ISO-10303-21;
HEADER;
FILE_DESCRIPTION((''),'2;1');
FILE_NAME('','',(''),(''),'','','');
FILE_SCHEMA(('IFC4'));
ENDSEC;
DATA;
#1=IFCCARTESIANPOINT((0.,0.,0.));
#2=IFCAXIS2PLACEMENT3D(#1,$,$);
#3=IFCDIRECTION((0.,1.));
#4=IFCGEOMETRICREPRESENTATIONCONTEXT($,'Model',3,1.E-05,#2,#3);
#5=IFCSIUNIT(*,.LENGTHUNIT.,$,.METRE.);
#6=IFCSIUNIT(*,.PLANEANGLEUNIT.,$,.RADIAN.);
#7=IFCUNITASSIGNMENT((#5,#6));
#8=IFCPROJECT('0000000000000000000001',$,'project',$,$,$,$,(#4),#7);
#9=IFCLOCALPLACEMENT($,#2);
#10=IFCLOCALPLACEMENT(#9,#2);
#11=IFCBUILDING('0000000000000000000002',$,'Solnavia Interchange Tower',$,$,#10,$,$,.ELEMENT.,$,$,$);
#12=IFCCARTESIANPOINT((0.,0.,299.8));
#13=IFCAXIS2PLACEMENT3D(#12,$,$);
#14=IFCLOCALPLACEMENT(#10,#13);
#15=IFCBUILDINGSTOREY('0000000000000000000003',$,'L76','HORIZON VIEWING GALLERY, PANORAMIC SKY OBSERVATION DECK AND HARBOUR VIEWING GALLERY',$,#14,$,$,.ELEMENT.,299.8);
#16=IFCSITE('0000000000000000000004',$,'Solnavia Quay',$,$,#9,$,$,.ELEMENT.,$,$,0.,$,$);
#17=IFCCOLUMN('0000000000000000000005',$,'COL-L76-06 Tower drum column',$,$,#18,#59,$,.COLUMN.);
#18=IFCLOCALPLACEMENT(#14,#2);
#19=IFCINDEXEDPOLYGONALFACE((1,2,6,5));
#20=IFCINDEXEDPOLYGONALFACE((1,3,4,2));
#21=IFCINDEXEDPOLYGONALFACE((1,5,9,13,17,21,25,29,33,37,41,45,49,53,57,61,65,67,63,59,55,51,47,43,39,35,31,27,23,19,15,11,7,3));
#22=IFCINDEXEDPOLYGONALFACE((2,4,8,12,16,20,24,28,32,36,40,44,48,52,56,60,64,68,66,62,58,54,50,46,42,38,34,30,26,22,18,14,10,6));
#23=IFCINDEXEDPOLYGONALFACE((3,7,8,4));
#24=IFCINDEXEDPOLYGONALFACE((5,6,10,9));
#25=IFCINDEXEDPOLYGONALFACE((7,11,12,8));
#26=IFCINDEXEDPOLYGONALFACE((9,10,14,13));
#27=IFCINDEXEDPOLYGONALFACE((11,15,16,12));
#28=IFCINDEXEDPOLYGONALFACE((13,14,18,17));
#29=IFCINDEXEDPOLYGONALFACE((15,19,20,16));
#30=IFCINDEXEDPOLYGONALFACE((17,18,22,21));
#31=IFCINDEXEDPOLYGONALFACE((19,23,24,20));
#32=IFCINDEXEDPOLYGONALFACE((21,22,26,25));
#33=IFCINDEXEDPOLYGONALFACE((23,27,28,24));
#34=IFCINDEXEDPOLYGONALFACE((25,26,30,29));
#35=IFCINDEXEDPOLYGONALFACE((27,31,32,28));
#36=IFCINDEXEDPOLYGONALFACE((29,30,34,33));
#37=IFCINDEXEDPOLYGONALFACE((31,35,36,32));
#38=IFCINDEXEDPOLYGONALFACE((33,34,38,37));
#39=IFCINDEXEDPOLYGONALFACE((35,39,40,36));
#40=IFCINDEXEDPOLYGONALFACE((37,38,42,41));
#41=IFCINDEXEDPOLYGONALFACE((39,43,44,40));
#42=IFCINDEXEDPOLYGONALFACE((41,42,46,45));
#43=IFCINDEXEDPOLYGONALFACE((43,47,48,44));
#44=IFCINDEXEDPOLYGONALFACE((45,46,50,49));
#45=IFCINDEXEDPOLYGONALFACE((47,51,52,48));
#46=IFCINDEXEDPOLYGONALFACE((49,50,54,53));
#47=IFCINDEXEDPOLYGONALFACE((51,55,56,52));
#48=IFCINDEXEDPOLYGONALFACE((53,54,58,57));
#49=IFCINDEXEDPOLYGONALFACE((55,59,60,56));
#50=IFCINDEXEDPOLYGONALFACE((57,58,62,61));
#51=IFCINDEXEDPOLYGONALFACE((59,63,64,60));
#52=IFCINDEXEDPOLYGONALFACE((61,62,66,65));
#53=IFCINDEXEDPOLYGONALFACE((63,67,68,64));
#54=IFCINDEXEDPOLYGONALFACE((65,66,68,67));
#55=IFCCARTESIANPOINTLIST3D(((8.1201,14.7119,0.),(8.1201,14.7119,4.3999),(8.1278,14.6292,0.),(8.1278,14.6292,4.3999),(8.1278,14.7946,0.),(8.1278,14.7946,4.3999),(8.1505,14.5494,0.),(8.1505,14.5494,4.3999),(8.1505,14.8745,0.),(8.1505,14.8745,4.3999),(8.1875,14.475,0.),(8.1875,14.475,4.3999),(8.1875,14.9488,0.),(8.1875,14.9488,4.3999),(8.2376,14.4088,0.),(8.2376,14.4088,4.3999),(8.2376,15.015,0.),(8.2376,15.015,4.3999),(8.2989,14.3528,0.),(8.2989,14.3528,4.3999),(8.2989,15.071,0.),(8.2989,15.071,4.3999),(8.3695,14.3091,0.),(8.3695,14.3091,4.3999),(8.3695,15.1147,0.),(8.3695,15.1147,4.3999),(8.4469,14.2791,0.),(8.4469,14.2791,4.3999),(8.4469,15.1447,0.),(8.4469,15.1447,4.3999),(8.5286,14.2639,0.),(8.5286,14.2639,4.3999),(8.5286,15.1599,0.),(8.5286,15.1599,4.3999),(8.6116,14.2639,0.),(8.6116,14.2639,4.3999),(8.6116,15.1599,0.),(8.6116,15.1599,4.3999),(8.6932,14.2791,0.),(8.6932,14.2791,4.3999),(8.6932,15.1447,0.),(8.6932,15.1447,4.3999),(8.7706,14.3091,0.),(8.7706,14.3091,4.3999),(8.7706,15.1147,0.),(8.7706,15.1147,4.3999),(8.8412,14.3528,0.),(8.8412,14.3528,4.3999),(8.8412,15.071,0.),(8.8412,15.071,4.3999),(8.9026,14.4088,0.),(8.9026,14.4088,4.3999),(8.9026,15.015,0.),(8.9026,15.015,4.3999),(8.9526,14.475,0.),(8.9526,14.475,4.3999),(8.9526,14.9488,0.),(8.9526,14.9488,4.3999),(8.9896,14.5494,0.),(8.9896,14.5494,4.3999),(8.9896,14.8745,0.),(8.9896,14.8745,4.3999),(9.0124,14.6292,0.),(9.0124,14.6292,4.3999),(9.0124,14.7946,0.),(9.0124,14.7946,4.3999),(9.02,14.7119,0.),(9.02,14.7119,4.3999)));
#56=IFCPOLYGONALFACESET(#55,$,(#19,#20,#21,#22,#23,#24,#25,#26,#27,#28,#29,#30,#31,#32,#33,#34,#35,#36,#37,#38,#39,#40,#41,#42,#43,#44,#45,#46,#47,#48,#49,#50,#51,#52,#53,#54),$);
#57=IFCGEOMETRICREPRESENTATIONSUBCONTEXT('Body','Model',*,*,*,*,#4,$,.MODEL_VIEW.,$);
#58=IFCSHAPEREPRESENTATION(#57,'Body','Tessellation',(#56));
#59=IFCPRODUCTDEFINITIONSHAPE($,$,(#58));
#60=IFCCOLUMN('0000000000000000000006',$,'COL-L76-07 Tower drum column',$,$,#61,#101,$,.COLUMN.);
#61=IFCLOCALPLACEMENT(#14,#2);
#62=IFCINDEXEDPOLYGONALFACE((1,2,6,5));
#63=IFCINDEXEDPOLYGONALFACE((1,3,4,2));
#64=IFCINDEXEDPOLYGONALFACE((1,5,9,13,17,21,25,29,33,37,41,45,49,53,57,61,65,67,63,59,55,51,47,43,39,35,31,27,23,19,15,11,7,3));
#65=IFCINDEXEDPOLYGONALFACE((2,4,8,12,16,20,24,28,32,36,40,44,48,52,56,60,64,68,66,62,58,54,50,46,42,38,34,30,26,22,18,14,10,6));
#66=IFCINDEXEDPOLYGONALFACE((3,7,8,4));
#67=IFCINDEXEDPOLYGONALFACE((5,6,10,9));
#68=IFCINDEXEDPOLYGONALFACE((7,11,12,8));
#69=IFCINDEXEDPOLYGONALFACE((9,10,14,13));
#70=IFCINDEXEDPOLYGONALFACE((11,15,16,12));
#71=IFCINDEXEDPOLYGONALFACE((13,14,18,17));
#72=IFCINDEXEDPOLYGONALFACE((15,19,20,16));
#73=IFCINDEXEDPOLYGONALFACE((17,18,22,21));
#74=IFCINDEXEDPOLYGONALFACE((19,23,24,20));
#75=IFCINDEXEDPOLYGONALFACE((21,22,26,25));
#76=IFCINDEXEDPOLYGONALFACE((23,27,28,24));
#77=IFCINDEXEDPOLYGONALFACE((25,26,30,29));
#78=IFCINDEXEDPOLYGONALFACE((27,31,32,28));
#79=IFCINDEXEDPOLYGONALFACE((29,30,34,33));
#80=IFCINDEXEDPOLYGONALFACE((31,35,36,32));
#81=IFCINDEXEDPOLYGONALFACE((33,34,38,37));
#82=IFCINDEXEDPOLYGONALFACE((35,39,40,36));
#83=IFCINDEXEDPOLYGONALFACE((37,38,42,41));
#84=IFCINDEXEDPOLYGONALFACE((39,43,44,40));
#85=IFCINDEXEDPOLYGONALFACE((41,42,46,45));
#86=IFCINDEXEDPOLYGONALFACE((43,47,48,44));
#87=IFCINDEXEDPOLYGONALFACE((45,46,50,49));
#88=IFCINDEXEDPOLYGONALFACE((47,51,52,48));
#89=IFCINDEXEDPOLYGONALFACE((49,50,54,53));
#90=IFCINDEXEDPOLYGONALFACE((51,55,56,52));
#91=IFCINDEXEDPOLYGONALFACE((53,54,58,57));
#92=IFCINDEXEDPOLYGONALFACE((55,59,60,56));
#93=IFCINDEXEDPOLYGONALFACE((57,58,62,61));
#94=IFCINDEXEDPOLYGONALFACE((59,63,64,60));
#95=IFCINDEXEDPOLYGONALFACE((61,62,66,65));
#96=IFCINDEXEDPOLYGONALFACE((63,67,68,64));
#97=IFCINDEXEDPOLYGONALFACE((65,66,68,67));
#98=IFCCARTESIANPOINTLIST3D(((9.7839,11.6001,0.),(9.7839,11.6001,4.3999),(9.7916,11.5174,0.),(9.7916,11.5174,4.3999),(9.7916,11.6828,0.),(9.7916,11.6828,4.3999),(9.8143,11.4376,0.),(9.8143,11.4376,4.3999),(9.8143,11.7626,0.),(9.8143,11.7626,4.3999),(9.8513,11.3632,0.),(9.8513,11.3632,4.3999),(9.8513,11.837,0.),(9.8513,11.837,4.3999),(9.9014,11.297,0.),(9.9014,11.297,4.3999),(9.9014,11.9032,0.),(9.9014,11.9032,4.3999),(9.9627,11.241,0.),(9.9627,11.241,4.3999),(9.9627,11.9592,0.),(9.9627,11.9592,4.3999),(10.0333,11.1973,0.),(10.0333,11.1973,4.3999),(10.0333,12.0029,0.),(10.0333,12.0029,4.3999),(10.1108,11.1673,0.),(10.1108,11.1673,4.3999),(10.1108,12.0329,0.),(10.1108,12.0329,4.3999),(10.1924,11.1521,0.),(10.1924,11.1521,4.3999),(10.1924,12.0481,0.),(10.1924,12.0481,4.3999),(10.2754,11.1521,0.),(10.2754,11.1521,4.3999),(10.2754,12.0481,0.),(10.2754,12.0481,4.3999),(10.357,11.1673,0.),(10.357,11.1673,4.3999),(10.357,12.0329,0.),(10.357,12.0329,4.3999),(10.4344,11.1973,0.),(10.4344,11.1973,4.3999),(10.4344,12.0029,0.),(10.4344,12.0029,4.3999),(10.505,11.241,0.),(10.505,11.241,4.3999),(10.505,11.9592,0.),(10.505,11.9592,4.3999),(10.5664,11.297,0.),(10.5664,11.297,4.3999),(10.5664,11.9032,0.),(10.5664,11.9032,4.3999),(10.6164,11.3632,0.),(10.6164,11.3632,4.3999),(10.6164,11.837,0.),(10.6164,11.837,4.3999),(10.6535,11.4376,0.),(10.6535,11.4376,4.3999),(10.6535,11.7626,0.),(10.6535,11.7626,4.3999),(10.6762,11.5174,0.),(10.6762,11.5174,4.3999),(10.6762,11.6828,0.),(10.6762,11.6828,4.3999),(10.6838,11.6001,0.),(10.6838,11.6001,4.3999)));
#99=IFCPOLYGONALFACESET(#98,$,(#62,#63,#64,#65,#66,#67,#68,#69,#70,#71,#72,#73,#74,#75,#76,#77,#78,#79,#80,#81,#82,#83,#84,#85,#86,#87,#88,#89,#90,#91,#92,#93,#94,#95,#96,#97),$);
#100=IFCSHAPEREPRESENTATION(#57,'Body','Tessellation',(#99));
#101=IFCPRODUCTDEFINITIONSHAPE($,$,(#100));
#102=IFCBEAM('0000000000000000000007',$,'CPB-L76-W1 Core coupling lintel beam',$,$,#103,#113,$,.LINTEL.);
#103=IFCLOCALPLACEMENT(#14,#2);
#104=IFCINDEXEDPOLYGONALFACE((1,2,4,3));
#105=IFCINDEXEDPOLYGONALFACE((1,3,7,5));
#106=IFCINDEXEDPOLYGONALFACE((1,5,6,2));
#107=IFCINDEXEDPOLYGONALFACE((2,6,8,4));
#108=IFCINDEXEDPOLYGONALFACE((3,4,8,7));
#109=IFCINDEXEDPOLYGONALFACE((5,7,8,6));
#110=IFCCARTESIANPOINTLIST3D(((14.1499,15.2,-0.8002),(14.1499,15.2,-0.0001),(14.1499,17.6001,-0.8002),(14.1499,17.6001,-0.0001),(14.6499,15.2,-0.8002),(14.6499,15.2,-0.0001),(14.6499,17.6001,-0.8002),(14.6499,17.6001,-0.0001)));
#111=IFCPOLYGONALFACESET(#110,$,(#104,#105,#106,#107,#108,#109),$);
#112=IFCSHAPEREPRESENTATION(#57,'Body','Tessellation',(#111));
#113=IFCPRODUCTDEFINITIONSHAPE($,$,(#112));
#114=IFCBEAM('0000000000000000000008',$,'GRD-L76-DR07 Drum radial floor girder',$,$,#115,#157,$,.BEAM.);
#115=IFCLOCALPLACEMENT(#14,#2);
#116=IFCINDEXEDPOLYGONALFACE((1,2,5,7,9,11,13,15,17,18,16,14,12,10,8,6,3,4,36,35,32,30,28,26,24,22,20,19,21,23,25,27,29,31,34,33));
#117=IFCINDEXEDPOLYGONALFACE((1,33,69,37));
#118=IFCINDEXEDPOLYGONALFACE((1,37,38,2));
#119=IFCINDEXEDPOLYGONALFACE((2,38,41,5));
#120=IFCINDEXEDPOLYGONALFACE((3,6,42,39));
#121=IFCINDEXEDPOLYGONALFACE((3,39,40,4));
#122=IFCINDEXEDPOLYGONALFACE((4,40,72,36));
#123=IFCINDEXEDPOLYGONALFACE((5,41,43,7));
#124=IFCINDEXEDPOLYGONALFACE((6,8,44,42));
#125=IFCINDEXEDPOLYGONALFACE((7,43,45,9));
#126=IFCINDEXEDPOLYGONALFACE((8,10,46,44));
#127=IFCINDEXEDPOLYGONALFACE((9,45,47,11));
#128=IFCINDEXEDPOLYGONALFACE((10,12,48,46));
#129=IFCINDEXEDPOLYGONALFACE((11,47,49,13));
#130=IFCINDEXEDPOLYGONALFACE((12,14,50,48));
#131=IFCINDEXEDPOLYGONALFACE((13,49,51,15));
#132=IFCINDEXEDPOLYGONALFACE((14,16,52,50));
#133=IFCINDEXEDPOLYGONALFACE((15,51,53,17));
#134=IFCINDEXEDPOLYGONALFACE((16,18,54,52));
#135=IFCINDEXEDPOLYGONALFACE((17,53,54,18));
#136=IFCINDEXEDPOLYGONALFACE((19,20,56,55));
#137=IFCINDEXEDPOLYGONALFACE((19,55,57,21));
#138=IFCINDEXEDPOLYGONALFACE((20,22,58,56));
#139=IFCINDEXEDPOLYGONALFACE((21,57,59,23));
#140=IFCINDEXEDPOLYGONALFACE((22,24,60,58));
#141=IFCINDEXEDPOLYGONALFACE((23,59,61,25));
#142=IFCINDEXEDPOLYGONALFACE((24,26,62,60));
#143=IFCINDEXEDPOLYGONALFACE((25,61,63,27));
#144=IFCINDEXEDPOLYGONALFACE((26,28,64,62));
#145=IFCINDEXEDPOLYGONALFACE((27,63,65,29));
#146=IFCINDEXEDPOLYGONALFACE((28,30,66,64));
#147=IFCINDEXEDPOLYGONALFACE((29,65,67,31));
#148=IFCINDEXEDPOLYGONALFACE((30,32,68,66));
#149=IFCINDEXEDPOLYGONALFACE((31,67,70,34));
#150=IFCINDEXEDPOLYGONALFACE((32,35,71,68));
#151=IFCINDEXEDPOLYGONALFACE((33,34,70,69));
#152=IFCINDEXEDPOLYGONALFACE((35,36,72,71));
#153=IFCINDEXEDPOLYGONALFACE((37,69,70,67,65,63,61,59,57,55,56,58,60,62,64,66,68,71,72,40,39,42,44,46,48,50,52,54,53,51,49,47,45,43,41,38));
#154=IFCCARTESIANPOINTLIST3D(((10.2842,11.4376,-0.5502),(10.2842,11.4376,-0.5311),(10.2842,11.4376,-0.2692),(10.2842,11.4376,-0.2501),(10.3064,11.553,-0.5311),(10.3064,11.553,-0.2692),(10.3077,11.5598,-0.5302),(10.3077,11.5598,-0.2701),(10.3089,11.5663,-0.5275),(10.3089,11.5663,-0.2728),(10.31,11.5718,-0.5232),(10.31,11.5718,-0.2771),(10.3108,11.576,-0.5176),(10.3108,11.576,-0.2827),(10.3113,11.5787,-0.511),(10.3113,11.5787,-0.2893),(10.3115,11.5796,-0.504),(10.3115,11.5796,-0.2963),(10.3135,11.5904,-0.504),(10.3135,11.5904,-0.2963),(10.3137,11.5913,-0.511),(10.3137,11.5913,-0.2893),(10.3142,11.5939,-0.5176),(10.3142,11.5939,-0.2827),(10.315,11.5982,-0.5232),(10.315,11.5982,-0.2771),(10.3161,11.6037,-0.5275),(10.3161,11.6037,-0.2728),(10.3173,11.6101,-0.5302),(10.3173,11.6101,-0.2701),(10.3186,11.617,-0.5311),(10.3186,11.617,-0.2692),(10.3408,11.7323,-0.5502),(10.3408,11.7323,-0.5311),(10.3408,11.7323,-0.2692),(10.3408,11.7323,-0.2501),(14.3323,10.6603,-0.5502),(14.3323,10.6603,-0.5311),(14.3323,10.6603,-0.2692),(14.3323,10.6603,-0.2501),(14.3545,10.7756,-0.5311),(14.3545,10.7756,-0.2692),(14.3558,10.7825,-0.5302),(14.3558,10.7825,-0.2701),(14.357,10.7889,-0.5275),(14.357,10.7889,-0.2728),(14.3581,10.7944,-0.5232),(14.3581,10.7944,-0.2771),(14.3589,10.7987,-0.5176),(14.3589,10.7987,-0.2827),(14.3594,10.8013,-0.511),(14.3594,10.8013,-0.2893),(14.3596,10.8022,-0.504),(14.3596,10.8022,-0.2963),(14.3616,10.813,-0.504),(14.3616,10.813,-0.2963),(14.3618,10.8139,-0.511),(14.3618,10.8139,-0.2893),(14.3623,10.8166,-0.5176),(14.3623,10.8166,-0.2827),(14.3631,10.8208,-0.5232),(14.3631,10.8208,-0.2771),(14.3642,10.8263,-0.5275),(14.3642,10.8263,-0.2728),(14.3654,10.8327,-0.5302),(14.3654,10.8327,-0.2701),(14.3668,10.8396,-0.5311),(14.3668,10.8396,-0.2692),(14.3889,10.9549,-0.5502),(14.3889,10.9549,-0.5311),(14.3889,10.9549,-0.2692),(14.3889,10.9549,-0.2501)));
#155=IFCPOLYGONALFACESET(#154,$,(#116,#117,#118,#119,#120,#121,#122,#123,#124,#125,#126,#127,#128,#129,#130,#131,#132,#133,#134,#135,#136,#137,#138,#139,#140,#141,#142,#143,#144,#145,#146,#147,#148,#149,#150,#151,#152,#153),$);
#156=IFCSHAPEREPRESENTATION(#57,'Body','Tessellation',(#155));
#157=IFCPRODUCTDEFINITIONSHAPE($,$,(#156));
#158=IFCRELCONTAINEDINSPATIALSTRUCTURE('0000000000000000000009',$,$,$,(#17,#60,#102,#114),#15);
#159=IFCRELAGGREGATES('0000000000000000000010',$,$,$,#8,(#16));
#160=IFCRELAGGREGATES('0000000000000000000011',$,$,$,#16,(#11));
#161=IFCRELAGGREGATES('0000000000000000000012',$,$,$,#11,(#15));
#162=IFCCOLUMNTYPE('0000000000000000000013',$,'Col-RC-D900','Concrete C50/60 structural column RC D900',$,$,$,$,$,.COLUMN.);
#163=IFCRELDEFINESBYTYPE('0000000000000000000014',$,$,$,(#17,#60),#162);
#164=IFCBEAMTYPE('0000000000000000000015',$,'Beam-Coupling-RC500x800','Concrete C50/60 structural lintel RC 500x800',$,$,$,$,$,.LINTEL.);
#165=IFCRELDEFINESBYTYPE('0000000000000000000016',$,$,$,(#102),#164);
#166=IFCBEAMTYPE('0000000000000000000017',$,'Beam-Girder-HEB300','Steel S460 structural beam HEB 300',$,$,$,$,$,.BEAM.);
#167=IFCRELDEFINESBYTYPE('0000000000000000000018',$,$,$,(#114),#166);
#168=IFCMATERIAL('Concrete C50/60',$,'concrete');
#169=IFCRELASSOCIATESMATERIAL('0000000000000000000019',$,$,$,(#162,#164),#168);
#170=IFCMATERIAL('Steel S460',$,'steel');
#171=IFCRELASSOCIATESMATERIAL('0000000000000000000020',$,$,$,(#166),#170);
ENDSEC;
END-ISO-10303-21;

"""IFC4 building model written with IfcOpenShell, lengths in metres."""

from ifc_helpers import new_model, si_unit, direction, frame, origin, origin_2d, place, context, subcontext, project, spatial, rectangle, circle, i_section, extrude, material, material_profile, profile_set, type_object, element, save


model = new_model("IFC4")

# Units and contexts
model_context = context("Model", 3, precision=1e-05, world=origin(), true_north=direction((0.0, 1.0)))
body_context = subcontext(model_context, "Body", "Model", "MODEL_VIEW")
ifc_project = project(units=[si_unit("LENGTHUNIT", "METRE"), si_unit("PLANEANGLEUNIT", "RADIAN")], contexts=[model_context])

# Site, building, storey
site_placement = place(None, origin())
site = spatial("IfcSite", under=ifc_project, at=site_placement, Name="Solnavia Quay", CompositionType="ELEMENT", RefElevation=0.0)
building_placement = place(site_placement, origin())
building = spatial("IfcBuilding", under=site, at=building_placement, Name="Solnavia Interchange Tower", CompositionType="ELEMENT")
storey_placement = place(building_placement, frame((0.0, 0.0, 299.8)))
storey = spatial("IfcBuildingStorey", under=building, at=storey_placement, Name="L76", Description="HORIZON VIEWING GALLERY, PANORAMIC SKY OBSERVATION DECK AND HARBOUR VIEWING GALLERY", CompositionType="ELEMENT", Elevation=299.8)

# Columns
ifc_material_1 = material(Name="Concrete C50/60", Category="concrete")
ifc_material_profile_1 = material_profile(ifc_material_1, circle(Radius=0.45, at=origin_2d()), Name="RC D900")
ifc_profile_set_1 = profile_set([ifc_material_profile_1], Name="Concrete C50/60")
column_type = type_object("IfcColumnType", Name="Col-RC-D900", Description="Concrete C50/60 structural column RC D900", PredefinedType="COLUMN", material=ifc_profile_set_1)
for number, where, z_axis, x_axis, name in (
    (1, (8.5701, 14.7119, 0.0), (0.0, 0.0, 1.0), (1.0, 0.0, 0.0), "COL-L76-06 Tower drum column"),
    (2, (10.2339, 11.6001, 0.0), (0.0, 0.0, 1.0), (1.0, 0.0, 0.0), "COL-L76-07 Tower drum column"),
):
    element("IfcColumn", number, at=place(storey_placement, frame(where, z_axis=z_axis, x_axis=x_axis)), inside=storey, type_object=column_type, Name=name, PredefinedType="COLUMN", context=body_context, shape_type="SweptSolid", body=[
        extrude(circle(Radius=0.45, at=origin_2d()), origin(), (0.0, 0.0, 1.0), 4.3999),
    ])

# Beams
ifc_material_profile_2 = material_profile(ifc_material_1, rectangle(XDim=0.5, YDim=0.8, at=origin_2d()), Name="RC 500x800")
ifc_profile_set_2 = profile_set([ifc_material_profile_2], Name="Concrete C50/60")
beam_type_1 = type_object("IfcBeamType", Name="Beam-Coupling-RC500x800", Description="Concrete C50/60 structural lintel RC 500x800", PredefinedType="LINTEL", material=ifc_profile_set_2)
beam_1_placement = place(storey_placement, frame((14.3999, 15.2, -0.4001), z_axis=(0.0, 1.0, 0.0), x_axis=(-1.0, 0.0, 0.0)))
element("IfcBeam", 3, at=beam_1_placement, inside=storey, type_object=beam_type_1, Name="CPB-L76-W1 Core coupling lintel beam", PredefinedType="LINTEL", context=body_context, shape_type="SweptSolid", body=[
    extrude(rectangle(XDim=0.5, YDim=0.8, at=origin_2d()), origin(), (0.0, 0.0, 1.0), 2.4001),
])
ifc_material_2 = material(Name="Steel S460", Category="steel")
ifc_material_profile_3 = material_profile(ifc_material_2, i_section(OverallWidth=0.3, OverallDepth=0.3, WebThickness=0.011, FlangeThickness=0.019, FilletRadius=0.0271, at=origin_2d()), Name="HEB 300")
ifc_profile_set_3 = profile_set([ifc_material_profile_3], Name="Steel S460")
beam_type_2 = type_object("IfcBeamType", Name="Beam-Girder-HEB300", Description="Steel S460 structural beam HEB 300", PredefinedType="BEAM", material=ifc_profile_set_3)
beam_2_placement = place(storey_placement, frame((10.3125, 11.585, -0.4001), z_axis=(0.982058, -0.188582, 0.0), x_axis=(0.188582, 0.982058, 0.0)))
element("IfcBeam", 4, at=beam_2_placement, inside=storey, type_object=beam_type_2, Name="GRD-L76-DR07 Drum radial floor girder", PredefinedType="BEAM", context=body_context, shape_type="SweptSolid", body=[
    extrude(i_section(OverallWidth=0.3, OverallDepth=0.3, WebThickness=0.011, FlangeThickness=0.019, FilletRadius=0.0271, at=origin_2d()), origin(), (0.0, 0.0, 1.0), 4.1221),
])

save(model, "model.ifc")
